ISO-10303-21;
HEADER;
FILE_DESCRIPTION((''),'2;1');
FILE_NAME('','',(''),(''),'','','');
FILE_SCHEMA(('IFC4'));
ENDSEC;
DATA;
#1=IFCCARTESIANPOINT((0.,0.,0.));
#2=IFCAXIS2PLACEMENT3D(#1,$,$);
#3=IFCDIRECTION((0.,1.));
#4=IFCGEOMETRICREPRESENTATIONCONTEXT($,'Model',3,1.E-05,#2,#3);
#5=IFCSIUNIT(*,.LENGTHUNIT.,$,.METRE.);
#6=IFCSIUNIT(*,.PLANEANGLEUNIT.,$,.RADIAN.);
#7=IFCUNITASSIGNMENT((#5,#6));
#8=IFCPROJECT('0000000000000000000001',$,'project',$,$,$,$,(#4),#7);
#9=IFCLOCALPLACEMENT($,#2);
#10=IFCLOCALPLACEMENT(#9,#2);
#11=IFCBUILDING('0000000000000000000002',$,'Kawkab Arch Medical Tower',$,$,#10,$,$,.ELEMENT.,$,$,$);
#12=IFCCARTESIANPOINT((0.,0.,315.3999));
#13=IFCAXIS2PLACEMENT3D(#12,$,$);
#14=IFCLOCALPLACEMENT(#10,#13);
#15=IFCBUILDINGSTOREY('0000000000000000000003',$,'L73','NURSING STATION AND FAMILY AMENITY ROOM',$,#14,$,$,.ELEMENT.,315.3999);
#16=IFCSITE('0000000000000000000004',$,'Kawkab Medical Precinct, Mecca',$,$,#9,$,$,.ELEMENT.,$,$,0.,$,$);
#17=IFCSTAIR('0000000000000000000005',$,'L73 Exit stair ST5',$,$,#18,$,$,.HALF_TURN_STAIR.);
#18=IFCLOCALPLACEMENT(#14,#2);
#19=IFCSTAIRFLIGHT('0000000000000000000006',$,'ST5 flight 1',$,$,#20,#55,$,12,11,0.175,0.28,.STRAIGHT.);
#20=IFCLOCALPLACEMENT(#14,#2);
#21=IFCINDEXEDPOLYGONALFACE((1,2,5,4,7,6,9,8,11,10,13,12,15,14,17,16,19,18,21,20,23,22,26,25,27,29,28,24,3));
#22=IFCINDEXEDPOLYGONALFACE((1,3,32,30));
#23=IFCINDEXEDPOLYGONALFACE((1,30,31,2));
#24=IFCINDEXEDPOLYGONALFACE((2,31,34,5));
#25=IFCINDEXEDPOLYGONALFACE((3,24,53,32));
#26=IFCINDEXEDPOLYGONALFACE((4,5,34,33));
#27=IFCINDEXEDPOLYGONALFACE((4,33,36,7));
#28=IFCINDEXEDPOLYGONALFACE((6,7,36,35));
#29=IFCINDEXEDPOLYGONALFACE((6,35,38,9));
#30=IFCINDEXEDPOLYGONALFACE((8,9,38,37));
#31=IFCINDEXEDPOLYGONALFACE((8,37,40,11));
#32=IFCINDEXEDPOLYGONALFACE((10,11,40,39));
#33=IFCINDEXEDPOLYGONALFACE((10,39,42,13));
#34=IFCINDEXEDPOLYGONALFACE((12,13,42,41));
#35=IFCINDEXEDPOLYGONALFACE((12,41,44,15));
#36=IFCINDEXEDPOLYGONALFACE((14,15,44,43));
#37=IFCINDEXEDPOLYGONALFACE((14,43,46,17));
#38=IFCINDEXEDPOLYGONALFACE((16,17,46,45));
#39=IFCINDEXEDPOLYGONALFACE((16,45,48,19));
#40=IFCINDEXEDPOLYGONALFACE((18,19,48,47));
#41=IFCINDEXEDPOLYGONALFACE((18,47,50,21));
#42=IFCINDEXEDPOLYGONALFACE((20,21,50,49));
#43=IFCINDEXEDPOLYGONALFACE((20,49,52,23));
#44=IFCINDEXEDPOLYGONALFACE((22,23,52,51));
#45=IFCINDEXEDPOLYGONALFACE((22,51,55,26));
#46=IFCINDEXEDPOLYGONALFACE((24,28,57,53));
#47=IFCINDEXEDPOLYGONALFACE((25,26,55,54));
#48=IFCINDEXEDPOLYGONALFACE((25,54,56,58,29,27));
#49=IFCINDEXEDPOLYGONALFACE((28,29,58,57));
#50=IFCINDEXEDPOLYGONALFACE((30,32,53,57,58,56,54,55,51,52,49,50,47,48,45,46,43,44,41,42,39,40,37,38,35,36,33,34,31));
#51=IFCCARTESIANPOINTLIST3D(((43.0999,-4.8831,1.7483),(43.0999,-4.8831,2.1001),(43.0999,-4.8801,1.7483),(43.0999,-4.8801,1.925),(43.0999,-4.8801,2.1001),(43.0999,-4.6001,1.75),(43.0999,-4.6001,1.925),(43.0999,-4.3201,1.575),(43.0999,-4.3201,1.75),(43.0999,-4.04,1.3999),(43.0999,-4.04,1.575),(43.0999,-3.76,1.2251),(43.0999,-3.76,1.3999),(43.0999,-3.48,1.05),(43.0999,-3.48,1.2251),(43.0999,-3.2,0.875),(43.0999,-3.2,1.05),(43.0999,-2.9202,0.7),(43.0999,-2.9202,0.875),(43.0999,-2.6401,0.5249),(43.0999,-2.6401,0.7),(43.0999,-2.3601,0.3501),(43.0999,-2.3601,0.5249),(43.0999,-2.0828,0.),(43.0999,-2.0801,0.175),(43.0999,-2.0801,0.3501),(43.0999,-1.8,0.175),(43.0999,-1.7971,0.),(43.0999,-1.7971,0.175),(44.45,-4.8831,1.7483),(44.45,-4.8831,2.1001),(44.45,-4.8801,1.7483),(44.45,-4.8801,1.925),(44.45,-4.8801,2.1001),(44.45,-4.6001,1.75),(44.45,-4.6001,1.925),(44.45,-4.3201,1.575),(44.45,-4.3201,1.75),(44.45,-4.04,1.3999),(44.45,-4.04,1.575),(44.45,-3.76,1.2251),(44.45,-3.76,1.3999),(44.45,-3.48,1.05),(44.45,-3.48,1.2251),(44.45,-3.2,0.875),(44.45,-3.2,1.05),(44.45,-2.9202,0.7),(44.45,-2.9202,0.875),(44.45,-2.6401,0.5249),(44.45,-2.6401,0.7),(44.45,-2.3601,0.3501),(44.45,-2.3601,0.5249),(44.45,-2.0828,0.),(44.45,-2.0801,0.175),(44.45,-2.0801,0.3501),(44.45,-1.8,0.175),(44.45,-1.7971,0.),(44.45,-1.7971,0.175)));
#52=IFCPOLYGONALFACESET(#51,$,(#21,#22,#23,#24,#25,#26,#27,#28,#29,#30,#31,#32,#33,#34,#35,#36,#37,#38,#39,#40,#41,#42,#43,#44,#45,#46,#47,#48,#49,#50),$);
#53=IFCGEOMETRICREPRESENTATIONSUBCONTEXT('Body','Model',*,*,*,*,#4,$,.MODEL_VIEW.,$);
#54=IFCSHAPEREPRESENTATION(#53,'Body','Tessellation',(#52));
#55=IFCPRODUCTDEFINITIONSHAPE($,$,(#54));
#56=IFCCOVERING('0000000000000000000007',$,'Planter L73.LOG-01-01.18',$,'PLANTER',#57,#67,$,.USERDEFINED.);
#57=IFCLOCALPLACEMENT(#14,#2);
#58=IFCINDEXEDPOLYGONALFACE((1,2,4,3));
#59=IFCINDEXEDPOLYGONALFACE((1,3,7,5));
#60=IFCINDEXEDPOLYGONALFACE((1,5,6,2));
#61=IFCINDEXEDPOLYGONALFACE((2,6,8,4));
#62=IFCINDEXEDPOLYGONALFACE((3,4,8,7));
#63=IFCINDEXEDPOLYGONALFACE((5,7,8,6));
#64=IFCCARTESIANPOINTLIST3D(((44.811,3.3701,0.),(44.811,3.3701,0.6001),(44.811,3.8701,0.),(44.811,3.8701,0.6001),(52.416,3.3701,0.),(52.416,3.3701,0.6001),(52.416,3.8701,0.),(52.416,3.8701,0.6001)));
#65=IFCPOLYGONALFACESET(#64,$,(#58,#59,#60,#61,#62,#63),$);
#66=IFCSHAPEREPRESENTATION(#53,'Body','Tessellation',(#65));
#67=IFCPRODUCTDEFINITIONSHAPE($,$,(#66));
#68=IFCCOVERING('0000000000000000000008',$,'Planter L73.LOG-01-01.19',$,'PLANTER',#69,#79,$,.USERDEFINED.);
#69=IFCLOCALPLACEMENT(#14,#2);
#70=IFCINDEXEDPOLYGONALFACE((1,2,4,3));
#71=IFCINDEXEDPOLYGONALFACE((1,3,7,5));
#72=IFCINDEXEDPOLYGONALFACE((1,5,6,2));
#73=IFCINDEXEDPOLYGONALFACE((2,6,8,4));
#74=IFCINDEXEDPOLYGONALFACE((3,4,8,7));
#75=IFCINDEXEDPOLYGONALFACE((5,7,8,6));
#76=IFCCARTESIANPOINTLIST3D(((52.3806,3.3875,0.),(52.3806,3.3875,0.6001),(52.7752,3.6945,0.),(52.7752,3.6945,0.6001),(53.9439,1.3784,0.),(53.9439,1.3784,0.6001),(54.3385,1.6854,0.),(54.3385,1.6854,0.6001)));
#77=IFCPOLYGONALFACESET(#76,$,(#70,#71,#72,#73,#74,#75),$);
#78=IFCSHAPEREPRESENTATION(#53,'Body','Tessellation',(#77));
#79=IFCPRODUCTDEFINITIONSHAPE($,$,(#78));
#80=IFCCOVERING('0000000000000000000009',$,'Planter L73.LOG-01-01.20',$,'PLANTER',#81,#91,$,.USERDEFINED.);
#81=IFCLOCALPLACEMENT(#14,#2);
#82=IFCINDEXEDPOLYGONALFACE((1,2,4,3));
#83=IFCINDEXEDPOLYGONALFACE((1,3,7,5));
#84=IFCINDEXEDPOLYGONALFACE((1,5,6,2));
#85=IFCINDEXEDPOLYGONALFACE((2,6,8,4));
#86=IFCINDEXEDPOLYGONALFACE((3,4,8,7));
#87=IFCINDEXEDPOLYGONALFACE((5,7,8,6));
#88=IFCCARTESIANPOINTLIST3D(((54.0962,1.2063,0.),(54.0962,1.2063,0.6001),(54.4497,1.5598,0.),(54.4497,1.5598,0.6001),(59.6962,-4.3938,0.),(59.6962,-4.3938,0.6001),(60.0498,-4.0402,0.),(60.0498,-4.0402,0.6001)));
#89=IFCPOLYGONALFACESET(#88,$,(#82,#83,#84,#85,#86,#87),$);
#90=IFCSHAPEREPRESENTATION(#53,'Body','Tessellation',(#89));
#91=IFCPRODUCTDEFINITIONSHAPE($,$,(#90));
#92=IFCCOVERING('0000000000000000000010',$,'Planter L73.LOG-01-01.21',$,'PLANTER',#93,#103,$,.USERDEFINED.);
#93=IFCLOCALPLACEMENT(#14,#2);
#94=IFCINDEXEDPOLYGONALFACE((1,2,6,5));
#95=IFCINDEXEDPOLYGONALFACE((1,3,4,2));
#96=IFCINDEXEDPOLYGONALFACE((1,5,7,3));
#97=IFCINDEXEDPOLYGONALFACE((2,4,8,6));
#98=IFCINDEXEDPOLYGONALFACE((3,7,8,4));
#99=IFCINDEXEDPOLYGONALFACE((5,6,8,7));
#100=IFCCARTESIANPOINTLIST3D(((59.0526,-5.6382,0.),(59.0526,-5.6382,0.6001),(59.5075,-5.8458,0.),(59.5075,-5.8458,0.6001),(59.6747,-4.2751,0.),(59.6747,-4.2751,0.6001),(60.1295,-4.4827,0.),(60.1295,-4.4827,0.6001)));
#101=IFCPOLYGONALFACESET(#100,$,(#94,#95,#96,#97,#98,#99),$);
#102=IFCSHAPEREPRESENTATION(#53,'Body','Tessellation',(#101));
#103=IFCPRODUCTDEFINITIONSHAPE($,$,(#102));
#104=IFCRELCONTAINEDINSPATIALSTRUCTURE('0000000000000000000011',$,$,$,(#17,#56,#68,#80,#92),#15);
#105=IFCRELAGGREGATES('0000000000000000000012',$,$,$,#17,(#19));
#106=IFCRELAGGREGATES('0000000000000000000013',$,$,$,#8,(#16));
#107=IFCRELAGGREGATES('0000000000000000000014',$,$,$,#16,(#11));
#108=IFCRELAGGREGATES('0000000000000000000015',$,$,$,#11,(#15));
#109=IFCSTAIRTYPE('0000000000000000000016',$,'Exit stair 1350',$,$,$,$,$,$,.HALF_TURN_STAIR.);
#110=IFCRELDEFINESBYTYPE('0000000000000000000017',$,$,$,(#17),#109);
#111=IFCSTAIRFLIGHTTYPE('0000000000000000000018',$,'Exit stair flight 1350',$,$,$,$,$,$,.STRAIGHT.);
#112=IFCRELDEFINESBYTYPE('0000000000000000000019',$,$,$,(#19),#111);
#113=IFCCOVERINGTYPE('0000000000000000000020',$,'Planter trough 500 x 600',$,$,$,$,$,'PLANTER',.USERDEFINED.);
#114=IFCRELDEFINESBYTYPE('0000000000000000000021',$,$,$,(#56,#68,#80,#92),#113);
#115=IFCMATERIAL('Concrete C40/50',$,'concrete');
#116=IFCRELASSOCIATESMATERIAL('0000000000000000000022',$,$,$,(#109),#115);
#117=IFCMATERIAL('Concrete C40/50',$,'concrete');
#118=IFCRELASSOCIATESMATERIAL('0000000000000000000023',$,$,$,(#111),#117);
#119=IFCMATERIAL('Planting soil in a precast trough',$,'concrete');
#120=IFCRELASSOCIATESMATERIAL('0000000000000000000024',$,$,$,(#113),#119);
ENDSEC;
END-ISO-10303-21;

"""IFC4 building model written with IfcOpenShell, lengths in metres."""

from ifc_helpers import new_model, si_unit, direction, frame, origin, origin_2d, place, context, subcontext, project, spatial, polyline, rectangle, outline, extrude, material, material_profile, profile_set, type_object, element, aggregate, save


model = new_model("IFC4")

# Units and contexts
model_context = context("Model", 3, precision=1e-05, world=origin(), true_north=direction((0.0, 1.0)))
body_context = subcontext(model_context, "Body", "Model", "MODEL_VIEW")
ifc_project = project(units=[si_unit("LENGTHUNIT", "METRE"), si_unit("PLANEANGLEUNIT", "RADIAN")], contexts=[model_context])

# Site, building, storey
site_placement = place(None, origin())
site = spatial("IfcSite", under=ifc_project, at=site_placement, Name="Kawkab Medical Precinct, Mecca", CompositionType="ELEMENT", RefElevation=0.0)
building_placement = place(site_placement, origin())
building = spatial("IfcBuilding", under=site, at=building_placement, Name="Kawkab Arch Medical Tower", CompositionType="ELEMENT")
storey_placement = place(building_placement, frame((0.0, 0.0, 315.3999)))
storey = spatial("IfcBuildingStorey", under=building, at=storey_placement, Name="L73", Description="NURSING STATION AND FAMILY AMENITY ROOM", CompositionType="ELEMENT", Elevation=315.3999)

# Shared definitions
placement = place(storey_placement, origin())

# Stair, stair flight
ifc_material_1 = material(Name="Concrete C40/50", Category="concrete")
stair_type = type_object("IfcStairType", Name="Exit stair 1350", PredefinedType="HALF_TURN_STAIR", material=ifc_material_1)
stair = element("IfcStair", 1, at=placement, inside=storey, type_object=stair_type, Name="L73 Exit stair ST5", PredefinedType="HALF_TURN_STAIR")
ifc_material_2 = material(Name="Concrete C40/50", Category="concrete")
stair_flight_type = type_object("IfcStairFlightType", Name="Exit stair flight 1350", PredefinedType="STRAIGHT", material=ifc_material_2)
stair_flight_placement = place(storey_placement, frame((43.7749, -1.8, 0.0), z_axis=(0.0, 0.0, 1.0), x_axis=(0.0, -1.0, 0.0)))
stair_flight = element("IfcStairFlight", 2, at=stair_flight_placement, type_object=stair_flight_type, Name="ST5 flight 1", NumberOfRisers=12, NumberOfTreads=11, PredefinedType="STRAIGHT", RiserHeight=0.175, TreadLength=0.28, context=body_context, shape_type="SweptSolid", body=[
    extrude(outline(polyline([(-0.0029, 0.0), (-0.0029, 0.175), (0.0, 0.175), (0.28, 0.175), (0.28, 0.3501), (0.5601, 0.3501), (0.5601, 0.5249), (0.8401, 0.5249), (0.8401, 0.7), (1.1201, 0.7), (1.1201, 0.875), (1.3999, 0.875), (1.3999, 1.05), (1.6799, 1.05), (1.6799, 1.2251), (1.96, 1.2251), (1.96, 1.3999), (2.24, 1.3999), (2.24, 1.575), (2.52, 1.575), (2.52, 1.75), (2.8, 1.75), (2.8, 1.925), (3.0801, 1.925), (3.0801, 2.1001), (3.083, 2.1001), (3.083, 1.7483), (3.0801, 1.7483), (0.2827, 0.0), (-0.0029, 0.0)])), frame((0.0, 0.675, 0.0), z_axis=(0.0, -1.0, 0.0), x_axis=(1.0, 0.0, 0.0)), (0.0, 0.0, 1.0), 1.3501),
])
aggregate(stair, [stair_flight])

# Coverings
ifc_material_3 = material(Name="Planting soil in a precast trough", Category="concrete")
ifc_material_profile_1 = material_profile(ifc_material_3, rectangle(XDim=0.5, YDim=0.6001, at=origin_2d()), Name="Trough 500x600")
ifc_profile_set_1 = profile_set([ifc_material_profile_1], Name="Planting soil in a precast trough")
covering_type = type_object("IfcCoveringType", Name="Planter trough 500 x 600", ElementType="PLANTER", PredefinedType="USERDEFINED", material=ifc_profile_set_1)
covering_1_placement = place(storey_placement, frame((44.811, 3.6201, 0.3), z_axis=(1.0, 0.0, 0.0), x_axis=(0.0, 1.0, 0.0)))
element("IfcCovering", 3, at=covering_1_placement, inside=storey, type_object=covering_type, Name="Planter L73.LOG-01-01.18", ObjectType="PLANTER", PredefinedType="USERDEFINED", context=body_context, shape_type="SweptSolid", body=[
    extrude(rectangle(XDim=0.5, YDim=0.6001, at=origin_2d()), origin(), (0.0, 0.0, 1.0), 7.605),
])
covering_2_placement = place(storey_placement, frame((52.5779, 3.541, 0.3), z_axis=(0.6141, -0.789228, 0.0), x_axis=(0.789228, 0.6141, 0.0)))
element("IfcCovering", 4, at=covering_2_placement, inside=storey, type_object=covering_type, Name="Planter L73.LOG-01-01.19", ObjectType="PLANTER", PredefinedType="USERDEFINED", context=body_context, shape_type="SweptSolid", body=[
    extrude(rectangle(XDim=0.5, YDim=0.6001, at=origin_2d()), origin(), (0.0, 0.0, 1.0), 2.5457),
])
covering_3_placement = place(storey_placement, frame((54.2729, 1.3831, 0.3), z_axis=(0.707107, -0.707107, 0.0), x_axis=(0.707107, 0.707107, 0.0)))
element("IfcCovering", 5, at=covering_3_placement, inside=storey, type_object=covering_type, Name="Planter L73.LOG-01-01.20", ObjectType="PLANTER", PredefinedType="USERDEFINED", context=body_context, shape_type="SweptSolid", body=[
    extrude(rectangle(XDim=0.5, YDim=0.6001, at=origin_2d()), origin(), (0.0, 0.0, 1.0), 7.9197),
])
covering_4_placement = place(storey_placement, frame((59.9021, -4.3789, 0.3), z_axis=(-0.41519, -0.909735, 0.0), x_axis=(0.909735, -0.41519, 0.0)))
element("IfcCovering", 6, at=covering_4_placement, inside=storey, type_object=covering_type, Name="Planter L73.LOG-01-01.21", ObjectType="PLANTER", PredefinedType="USERDEFINED", context=body_context, shape_type="SweptSolid", body=[
    extrude(rectangle(XDim=0.5, YDim=0.6001, at=origin_2d()), origin(), (0.0, 0.0, 1.0), 1.4983),
])

save(model, "model.ifc")
